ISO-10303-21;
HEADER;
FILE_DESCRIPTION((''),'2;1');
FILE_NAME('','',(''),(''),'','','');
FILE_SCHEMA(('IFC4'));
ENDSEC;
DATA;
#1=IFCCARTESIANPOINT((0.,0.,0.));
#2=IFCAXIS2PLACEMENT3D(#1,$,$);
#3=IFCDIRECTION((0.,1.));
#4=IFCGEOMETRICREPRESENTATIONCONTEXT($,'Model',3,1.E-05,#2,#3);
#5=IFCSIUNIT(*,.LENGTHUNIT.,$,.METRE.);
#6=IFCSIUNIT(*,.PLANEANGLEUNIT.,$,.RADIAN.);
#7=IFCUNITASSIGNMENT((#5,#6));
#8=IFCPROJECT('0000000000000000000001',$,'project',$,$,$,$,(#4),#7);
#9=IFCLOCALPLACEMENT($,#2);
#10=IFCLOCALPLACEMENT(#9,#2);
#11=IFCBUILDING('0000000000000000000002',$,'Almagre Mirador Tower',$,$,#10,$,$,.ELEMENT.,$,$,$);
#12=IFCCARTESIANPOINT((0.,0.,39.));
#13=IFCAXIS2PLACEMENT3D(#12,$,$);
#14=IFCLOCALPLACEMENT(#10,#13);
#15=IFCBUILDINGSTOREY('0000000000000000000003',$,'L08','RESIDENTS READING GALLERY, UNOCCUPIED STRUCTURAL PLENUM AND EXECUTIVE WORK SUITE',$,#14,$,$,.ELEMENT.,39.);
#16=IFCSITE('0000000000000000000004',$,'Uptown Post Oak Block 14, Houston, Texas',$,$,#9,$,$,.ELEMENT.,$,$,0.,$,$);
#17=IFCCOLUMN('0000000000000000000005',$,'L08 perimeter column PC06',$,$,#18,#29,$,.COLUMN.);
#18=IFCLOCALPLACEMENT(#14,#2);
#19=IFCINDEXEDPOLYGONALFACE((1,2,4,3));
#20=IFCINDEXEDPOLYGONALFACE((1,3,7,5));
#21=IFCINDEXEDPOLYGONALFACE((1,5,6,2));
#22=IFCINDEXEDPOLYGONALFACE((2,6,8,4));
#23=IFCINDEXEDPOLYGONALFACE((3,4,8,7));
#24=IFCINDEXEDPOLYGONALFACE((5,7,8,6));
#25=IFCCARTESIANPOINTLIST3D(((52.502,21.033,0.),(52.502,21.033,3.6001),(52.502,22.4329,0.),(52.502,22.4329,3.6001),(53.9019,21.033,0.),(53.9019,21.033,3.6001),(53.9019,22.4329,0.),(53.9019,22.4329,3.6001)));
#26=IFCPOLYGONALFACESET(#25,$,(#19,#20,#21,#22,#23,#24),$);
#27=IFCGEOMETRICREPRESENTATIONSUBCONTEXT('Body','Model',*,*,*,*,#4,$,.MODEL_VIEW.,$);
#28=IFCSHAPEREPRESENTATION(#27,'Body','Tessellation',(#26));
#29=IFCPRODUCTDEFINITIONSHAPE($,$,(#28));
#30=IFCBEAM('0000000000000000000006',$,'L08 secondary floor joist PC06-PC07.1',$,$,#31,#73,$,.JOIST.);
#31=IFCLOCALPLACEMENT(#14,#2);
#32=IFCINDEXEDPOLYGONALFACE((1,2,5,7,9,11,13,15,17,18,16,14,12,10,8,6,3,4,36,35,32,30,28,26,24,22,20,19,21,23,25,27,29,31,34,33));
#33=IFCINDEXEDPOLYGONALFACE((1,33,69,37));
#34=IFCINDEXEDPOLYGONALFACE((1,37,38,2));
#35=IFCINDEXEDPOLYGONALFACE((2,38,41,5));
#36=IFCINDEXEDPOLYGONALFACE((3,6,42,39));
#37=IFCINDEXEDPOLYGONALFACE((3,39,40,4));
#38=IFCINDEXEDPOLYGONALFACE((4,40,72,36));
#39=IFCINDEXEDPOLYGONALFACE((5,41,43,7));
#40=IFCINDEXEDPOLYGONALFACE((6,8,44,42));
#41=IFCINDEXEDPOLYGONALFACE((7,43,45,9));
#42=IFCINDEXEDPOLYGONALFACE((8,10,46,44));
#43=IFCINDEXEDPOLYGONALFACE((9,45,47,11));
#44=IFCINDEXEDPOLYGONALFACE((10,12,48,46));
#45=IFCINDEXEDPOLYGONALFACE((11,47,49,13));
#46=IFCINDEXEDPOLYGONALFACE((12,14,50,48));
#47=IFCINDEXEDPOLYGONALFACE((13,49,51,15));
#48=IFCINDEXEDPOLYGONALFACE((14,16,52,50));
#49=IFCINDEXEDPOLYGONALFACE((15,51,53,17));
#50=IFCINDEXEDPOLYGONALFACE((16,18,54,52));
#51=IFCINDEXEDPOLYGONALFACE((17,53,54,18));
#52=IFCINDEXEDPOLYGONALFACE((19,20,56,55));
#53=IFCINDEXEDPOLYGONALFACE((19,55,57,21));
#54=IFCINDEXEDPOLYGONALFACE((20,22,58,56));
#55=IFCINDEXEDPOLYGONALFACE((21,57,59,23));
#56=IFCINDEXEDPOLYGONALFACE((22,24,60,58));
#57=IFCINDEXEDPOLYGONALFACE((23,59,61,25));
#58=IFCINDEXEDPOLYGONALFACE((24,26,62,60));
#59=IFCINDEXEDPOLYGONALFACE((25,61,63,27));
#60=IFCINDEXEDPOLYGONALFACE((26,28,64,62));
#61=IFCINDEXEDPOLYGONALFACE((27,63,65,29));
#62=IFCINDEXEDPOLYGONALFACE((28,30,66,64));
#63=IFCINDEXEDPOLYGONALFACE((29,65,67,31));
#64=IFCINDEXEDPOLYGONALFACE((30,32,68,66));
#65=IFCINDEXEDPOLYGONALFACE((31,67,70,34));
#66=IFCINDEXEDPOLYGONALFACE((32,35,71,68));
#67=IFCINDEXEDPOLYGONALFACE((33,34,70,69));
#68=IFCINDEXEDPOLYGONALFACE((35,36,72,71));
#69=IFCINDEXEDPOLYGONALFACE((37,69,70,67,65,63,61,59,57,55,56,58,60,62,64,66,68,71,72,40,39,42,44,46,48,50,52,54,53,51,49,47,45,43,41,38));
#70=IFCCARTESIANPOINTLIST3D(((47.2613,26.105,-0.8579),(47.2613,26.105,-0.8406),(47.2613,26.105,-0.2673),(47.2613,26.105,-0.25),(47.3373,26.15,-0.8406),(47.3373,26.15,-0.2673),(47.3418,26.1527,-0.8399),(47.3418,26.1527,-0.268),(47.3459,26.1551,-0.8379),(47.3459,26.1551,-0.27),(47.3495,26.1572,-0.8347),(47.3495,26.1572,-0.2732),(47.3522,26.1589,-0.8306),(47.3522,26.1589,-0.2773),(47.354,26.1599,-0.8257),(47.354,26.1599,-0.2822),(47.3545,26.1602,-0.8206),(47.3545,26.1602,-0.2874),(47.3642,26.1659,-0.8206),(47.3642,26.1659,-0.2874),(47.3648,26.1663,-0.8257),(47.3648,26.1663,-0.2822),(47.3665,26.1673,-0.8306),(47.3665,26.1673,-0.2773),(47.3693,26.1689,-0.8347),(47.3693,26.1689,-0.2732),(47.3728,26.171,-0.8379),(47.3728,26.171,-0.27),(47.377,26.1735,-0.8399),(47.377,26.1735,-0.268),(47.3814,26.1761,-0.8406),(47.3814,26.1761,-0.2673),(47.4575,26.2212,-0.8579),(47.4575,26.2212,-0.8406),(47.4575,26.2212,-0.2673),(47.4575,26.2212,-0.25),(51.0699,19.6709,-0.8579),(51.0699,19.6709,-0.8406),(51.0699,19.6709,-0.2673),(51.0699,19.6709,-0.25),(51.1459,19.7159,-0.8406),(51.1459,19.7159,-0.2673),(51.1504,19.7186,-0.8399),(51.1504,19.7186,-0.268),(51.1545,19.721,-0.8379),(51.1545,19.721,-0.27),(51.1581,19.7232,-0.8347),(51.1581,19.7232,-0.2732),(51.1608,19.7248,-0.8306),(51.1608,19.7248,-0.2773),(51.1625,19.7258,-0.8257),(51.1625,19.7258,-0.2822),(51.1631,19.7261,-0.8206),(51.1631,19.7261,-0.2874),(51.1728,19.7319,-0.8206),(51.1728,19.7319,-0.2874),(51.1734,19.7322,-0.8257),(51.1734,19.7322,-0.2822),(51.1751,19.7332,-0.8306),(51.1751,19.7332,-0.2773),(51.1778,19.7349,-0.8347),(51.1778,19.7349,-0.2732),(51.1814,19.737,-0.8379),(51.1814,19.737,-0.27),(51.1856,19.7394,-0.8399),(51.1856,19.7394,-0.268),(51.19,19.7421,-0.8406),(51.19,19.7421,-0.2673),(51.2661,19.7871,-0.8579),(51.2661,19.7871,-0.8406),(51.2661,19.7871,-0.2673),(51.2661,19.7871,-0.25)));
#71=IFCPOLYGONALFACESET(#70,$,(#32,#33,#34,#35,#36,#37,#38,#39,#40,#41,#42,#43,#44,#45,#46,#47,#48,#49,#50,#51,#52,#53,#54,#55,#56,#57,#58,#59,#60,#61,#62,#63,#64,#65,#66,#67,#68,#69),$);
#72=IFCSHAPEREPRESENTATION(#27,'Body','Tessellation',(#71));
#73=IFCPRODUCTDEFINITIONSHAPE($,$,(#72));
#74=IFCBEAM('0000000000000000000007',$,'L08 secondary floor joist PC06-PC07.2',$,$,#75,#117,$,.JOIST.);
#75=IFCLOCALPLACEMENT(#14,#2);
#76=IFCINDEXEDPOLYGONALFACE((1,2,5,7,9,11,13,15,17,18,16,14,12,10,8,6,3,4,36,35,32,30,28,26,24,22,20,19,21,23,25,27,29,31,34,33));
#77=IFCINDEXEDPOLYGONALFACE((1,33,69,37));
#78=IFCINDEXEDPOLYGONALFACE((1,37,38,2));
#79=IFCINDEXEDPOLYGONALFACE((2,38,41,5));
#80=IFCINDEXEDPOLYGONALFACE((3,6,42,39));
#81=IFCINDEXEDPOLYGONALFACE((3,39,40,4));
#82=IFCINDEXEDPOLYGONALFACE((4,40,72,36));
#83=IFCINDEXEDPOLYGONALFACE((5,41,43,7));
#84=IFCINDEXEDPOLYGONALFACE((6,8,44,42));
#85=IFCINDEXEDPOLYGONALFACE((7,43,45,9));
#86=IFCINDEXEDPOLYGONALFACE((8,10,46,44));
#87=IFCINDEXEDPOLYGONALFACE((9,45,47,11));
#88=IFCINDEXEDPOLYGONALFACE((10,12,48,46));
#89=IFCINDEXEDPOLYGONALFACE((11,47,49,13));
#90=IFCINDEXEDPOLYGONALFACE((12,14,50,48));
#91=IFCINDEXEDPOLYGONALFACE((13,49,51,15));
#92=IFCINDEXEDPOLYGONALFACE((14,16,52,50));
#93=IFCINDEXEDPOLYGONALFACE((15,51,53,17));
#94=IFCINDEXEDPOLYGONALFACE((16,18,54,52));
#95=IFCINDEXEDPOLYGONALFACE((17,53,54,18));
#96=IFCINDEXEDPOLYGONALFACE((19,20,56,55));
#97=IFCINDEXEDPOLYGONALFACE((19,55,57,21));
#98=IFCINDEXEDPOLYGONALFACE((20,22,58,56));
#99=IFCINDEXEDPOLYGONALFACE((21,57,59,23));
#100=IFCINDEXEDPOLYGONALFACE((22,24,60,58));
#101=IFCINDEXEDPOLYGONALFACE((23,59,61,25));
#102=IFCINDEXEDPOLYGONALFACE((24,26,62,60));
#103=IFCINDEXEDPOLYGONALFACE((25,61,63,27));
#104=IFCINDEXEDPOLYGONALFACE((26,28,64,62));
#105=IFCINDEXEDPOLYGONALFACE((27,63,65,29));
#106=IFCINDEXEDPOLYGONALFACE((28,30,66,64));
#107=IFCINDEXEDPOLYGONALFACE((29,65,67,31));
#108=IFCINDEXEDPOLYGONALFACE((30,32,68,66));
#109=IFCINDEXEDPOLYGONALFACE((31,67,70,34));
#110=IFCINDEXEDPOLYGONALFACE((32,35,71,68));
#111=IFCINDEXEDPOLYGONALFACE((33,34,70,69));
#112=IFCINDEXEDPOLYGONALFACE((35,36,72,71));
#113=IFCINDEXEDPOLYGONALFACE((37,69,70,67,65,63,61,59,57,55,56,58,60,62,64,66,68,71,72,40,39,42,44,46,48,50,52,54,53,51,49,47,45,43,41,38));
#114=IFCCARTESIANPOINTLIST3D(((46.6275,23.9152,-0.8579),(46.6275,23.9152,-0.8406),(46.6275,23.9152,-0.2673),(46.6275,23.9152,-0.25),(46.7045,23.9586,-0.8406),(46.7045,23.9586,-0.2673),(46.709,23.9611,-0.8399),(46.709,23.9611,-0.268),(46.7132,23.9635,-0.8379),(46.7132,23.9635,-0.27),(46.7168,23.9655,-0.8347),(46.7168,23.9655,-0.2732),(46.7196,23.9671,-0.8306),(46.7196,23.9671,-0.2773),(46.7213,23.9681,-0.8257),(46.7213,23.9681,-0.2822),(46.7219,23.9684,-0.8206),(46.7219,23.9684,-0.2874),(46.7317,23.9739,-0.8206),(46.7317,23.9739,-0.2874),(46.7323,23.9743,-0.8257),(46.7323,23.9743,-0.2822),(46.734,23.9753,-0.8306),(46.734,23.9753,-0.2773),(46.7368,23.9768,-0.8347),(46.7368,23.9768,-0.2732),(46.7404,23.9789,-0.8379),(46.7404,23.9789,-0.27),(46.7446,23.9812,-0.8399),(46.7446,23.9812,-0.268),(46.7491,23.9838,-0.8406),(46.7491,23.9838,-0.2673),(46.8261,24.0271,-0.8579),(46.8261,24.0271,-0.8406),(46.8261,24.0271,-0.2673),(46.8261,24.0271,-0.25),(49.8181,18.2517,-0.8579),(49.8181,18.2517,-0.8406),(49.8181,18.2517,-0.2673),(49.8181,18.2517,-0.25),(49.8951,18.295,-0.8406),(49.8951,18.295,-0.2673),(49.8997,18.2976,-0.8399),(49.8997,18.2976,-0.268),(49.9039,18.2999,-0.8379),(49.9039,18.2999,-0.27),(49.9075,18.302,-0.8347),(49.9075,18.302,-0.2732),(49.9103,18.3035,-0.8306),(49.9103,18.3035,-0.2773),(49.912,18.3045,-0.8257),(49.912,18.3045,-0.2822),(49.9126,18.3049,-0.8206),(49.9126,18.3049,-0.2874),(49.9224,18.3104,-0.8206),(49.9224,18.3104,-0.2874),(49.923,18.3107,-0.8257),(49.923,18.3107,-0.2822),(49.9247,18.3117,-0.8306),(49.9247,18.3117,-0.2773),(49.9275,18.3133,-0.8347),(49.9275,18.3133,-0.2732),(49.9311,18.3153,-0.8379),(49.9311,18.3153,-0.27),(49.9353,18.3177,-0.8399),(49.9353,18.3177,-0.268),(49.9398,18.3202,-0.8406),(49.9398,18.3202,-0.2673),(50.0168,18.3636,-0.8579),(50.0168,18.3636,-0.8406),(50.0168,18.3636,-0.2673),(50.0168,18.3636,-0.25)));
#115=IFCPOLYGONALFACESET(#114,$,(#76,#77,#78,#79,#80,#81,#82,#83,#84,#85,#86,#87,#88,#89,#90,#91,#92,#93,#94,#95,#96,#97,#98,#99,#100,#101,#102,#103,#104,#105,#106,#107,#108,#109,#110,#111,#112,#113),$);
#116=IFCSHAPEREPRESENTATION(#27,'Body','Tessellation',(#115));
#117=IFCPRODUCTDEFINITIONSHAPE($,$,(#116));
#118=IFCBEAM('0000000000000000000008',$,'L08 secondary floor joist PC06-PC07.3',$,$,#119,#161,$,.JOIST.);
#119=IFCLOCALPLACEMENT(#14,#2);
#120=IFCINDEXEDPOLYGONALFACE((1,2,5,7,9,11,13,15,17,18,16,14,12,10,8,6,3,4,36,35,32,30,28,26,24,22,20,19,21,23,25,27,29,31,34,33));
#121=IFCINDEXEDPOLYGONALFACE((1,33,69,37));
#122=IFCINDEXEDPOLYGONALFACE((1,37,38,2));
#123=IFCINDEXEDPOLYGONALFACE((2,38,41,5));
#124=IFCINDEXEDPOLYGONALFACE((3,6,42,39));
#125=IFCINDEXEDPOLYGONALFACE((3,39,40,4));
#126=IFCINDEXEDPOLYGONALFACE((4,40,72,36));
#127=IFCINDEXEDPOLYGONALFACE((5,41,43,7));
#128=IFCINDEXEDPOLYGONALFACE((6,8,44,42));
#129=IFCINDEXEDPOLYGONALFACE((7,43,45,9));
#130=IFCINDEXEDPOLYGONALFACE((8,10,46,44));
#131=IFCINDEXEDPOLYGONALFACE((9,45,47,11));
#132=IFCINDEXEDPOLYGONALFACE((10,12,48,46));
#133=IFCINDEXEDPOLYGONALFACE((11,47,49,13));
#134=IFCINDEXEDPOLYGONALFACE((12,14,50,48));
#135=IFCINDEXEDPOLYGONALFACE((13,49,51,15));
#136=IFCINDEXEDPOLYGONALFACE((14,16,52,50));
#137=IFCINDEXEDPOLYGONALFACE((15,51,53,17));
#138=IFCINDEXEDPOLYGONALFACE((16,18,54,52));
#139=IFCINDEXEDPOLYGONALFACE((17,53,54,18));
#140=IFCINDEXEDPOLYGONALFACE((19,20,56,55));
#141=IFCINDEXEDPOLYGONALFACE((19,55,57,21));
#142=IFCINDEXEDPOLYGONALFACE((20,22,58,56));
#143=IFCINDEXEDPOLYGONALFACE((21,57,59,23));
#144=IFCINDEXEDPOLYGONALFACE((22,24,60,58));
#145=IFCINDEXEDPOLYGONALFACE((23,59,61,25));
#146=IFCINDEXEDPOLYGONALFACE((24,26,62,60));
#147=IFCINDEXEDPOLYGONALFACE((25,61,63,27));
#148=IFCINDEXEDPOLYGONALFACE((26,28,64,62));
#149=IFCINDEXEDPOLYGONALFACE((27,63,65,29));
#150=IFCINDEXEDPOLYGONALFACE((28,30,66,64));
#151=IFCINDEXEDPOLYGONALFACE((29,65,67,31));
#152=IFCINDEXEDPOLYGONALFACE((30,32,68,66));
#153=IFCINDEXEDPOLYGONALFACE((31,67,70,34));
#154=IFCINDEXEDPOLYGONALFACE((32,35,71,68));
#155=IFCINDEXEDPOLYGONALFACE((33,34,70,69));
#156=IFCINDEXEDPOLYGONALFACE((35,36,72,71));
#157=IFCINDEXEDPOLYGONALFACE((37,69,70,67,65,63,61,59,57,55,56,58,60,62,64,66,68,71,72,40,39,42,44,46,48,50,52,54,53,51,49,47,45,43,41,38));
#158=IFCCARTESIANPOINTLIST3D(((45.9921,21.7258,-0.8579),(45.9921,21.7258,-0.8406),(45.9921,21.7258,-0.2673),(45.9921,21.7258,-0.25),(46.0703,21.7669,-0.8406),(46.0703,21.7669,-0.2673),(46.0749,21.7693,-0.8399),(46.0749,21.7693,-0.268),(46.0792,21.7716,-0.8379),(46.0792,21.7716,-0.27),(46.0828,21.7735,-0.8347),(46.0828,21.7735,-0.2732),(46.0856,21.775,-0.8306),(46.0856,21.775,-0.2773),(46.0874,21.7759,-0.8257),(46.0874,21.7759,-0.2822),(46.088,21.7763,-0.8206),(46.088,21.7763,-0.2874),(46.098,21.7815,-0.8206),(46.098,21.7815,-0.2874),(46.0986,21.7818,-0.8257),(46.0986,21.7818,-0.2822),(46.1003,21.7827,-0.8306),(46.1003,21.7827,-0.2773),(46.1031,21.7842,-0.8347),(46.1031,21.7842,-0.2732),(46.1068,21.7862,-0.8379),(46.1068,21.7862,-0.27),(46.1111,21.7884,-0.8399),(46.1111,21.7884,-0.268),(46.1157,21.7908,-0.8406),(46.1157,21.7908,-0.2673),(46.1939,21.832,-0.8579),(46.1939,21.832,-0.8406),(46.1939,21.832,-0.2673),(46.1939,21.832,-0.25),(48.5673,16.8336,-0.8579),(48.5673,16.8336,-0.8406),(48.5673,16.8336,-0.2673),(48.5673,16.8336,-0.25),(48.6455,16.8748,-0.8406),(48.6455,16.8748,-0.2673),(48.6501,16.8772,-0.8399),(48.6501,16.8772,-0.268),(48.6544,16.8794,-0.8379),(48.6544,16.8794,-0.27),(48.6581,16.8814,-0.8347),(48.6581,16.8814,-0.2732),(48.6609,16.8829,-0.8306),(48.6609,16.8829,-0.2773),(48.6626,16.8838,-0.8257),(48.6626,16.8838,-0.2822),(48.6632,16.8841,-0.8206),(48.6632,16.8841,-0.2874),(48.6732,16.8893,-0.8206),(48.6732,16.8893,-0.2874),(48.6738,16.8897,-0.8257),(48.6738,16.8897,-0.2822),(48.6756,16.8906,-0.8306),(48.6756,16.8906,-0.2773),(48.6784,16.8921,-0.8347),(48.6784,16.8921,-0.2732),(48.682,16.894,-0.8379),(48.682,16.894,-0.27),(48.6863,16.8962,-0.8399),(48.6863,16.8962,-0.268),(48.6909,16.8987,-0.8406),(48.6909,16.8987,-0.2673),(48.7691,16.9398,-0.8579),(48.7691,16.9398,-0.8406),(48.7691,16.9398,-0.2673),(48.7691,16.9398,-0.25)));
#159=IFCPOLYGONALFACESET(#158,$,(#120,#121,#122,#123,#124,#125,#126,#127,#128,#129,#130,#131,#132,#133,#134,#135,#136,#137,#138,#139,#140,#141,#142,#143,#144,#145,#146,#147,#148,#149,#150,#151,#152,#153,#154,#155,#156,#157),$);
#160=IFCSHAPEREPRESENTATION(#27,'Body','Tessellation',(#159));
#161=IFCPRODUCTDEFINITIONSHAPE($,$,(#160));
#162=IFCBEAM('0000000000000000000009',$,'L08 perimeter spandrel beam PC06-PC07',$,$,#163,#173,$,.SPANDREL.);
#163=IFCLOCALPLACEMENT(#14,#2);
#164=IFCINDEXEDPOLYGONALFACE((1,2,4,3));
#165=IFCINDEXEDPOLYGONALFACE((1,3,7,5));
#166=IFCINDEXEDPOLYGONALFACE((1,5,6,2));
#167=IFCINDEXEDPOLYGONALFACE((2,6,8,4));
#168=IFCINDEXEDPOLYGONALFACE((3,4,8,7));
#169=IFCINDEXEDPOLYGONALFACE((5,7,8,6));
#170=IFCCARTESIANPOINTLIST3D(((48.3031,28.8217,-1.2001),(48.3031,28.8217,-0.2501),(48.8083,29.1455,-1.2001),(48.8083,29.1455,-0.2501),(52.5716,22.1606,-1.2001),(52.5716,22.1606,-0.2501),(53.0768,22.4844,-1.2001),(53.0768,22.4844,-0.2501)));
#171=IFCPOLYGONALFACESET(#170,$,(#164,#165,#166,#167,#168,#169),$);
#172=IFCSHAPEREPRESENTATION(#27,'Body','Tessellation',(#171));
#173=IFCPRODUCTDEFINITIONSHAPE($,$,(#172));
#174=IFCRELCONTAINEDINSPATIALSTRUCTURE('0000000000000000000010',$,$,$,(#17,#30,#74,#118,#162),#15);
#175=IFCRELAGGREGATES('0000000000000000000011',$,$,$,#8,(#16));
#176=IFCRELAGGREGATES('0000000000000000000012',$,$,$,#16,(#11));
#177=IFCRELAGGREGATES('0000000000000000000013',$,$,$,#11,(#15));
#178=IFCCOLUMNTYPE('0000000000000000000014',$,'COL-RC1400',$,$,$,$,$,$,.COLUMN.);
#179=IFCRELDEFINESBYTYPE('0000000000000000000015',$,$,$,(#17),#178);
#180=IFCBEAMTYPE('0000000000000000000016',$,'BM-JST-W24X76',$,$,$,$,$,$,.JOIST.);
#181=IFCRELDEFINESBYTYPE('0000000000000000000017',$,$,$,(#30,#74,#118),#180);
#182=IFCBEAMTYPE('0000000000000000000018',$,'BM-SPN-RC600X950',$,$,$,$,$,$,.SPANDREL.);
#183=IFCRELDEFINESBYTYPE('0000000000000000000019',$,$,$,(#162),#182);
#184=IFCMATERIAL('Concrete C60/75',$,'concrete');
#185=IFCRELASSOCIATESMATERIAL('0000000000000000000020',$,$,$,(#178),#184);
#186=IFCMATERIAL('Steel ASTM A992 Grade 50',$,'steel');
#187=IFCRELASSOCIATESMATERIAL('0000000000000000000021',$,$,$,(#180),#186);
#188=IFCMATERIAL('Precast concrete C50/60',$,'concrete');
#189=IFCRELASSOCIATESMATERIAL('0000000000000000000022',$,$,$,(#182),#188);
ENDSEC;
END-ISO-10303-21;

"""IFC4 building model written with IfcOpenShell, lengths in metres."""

from ifc_helpers import new_model, si_unit, direction, frame, origin, origin_2d, place, context, subcontext, project, spatial, rectangle, i_section, extrude, material, material_profile, profile_set, type_object, element, save


model = new_model("IFC4")

# Units and contexts
model_context = context("Model", 3, precision=1e-05, world=origin(), true_north=direction((0.0, 1.0)))
body_context = subcontext(model_context, "Body", "Model", "MODEL_VIEW")
ifc_project = project(units=[si_unit("LENGTHUNIT", "METRE"), si_unit("PLANEANGLEUNIT", "RADIAN")], contexts=[model_context])

# Site, building, storey
site_placement = place(None, origin())
site = spatial("IfcSite", under=ifc_project, at=site_placement, Name="Uptown Post Oak Block 14, Houston, Texas", CompositionType="ELEMENT", RefElevation=0.0)
building_placement = place(site_placement, origin())
building = spatial("IfcBuilding", under=site, at=building_placement, Name="Almagre Mirador Tower", CompositionType="ELEMENT")
storey_placement = place(building_placement, frame((0.0, 0.0, 39.0)))
storey = spatial("IfcBuildingStorey", under=building, at=storey_placement, Name="L08", Description="RESIDENTS READING GALLERY, UNOCCUPIED STRUCTURAL PLENUM AND EXECUTIVE WORK SUITE", CompositionType="ELEMENT", Elevation=39.0)

# Column
ifc_material_1 = material(Name="Concrete C60/75", Category="concrete")
ifc_material_profile_1 = material_profile(ifc_material_1, rectangle(XDim=1.3999, YDim=1.3999, at=origin_2d()), Name="RC1400X1400")
ifc_profile_set_1 = profile_set([ifc_material_profile_1], Name="Concrete C60/75")
column_type = type_object("IfcColumnType", Name="COL-RC1400", PredefinedType="COLUMN", material=ifc_profile_set_1)
column_placement = place(storey_placement, frame((53.2019, 21.7329, 0.0), z_axis=(0.0, 0.0, 1.0), x_axis=(1.0, 0.0, 0.0)))
element("IfcColumn", 1, at=column_placement, inside=storey, type_object=column_type, Name="L08 perimeter column PC06", PredefinedType="COLUMN", context=body_context, shape_type="SweptSolid", body=[
    extrude(rectangle(XDim=1.3999, YDim=1.3999, at=origin_2d()), origin(), (0.0, 0.0, 1.0), 3.6001),
])

# Beams
ifc_material_2 = material(Name="Steel ASTM A992 Grade 50", Category="steel")
ifc_material_profile_2 = material_profile(ifc_material_2, i_section(OverallWidth=0.228, OverallDepth=0.6079, WebThickness=0.0112, FlangeThickness=0.0173, FilletRadius=0.02, at=origin_2d()), Name="W24X76")
ifc_profile_set_2 = profile_set([ifc_material_profile_2], Name="Steel ASTM A992 Grade 50")
beam_type_1 = type_object("IfcBeamType", Name="BM-JST-W24X76", PredefinedType="JOIST", material=ifc_profile_set_2)
beam_1_placement = place(storey_placement, frame((51.168, 19.729, -0.554), z_axis=(-0.509387, 0.860538, 0.0), x_axis=(-0.860538, -0.509387, 0.0)))
element("IfcBeam", 2, at=beam_1_placement, inside=storey, type_object=beam_type_1, Name="L08 secondary floor joist PC06-PC07.1", PredefinedType="JOIST", context=body_context, shape_type="SweptSolid", body=[
    extrude(i_section(OverallWidth=0.228, OverallDepth=0.6079, WebThickness=0.0112, FlangeThickness=0.0173, FilletRadius=0.02, at=origin_2d()), origin(), (0.0, 0.0, 1.0), 7.4768),
])
beam_2_placement = place(storey_placement, frame((49.9175, 18.3076, -0.554), z_axis=(-0.490835, 0.871252, 0.0), x_axis=(-0.871252, -0.490835, 0.0)))
element("IfcBeam", 3, at=beam_2_placement, inside=storey, type_object=beam_type_1, Name="L08 secondary floor joist PC06-PC07.2", PredefinedType="JOIST", context=body_context, shape_type="SweptSolid", body=[
    extrude(i_section(OverallWidth=0.228, OverallDepth=0.6079, WebThickness=0.0112, FlangeThickness=0.0173, FilletRadius=0.02, at=origin_2d()), origin(), (0.0, 0.0, 1.0), 6.5005),
])
beam_3_placement = place(storey_placement, frame((48.6682, 16.8867, -0.554), z_axis=(-0.465805, 0.884888, 0.0), x_axis=(-0.884888, -0.465805, 0.0)))
element("IfcBeam", 4, at=beam_3_placement, inside=storey, type_object=beam_type_1, Name="L08 secondary floor joist PC06-PC07.3", PredefinedType="JOIST", context=body_context, shape_type="SweptSolid", body=[
    extrude(i_section(OverallWidth=0.228, OverallDepth=0.6079, WebThickness=0.0112, FlangeThickness=0.0173, FilletRadius=0.02, at=origin_2d()), origin(), (0.0, 0.0, 1.0), 5.5286),
])
ifc_material_3 = material(Name="Precast concrete C50/60", Category="concrete")
ifc_material_profile_3 = material_profile(ifc_material_3, rectangle(XDim=0.6001, YDim=0.95, at=origin_2d()), Name="RC600X950")
ifc_profile_set_3 = profile_set([ifc_material_profile_3], Name="Precast concrete C50/60")
beam_type_2 = type_object("IfcBeamType", Name="BM-SPN-RC600X950", PredefinedType="SPANDREL", material=ifc_profile_set_3)
beam_4_placement = place(storey_placement, frame((52.8242, 22.3225, -0.7251), z_axis=(-0.53954, 0.84196, 0.0), x_axis=(-0.84196, -0.53954, 0.0)))
element("IfcBeam", 5, at=beam_4_placement, inside=storey, type_object=beam_type_2, Name="L08 perimeter spandrel beam PC06-PC07", PredefinedType="SPANDREL", context=body_context, shape_type="SweptSolid", body=[
    extrude(rectangle(XDim=0.6001, YDim=0.95, at=origin_2d()), origin(), (0.0, 0.0, 1.0), 7.9114),
])

save(model, "model.ifc")
